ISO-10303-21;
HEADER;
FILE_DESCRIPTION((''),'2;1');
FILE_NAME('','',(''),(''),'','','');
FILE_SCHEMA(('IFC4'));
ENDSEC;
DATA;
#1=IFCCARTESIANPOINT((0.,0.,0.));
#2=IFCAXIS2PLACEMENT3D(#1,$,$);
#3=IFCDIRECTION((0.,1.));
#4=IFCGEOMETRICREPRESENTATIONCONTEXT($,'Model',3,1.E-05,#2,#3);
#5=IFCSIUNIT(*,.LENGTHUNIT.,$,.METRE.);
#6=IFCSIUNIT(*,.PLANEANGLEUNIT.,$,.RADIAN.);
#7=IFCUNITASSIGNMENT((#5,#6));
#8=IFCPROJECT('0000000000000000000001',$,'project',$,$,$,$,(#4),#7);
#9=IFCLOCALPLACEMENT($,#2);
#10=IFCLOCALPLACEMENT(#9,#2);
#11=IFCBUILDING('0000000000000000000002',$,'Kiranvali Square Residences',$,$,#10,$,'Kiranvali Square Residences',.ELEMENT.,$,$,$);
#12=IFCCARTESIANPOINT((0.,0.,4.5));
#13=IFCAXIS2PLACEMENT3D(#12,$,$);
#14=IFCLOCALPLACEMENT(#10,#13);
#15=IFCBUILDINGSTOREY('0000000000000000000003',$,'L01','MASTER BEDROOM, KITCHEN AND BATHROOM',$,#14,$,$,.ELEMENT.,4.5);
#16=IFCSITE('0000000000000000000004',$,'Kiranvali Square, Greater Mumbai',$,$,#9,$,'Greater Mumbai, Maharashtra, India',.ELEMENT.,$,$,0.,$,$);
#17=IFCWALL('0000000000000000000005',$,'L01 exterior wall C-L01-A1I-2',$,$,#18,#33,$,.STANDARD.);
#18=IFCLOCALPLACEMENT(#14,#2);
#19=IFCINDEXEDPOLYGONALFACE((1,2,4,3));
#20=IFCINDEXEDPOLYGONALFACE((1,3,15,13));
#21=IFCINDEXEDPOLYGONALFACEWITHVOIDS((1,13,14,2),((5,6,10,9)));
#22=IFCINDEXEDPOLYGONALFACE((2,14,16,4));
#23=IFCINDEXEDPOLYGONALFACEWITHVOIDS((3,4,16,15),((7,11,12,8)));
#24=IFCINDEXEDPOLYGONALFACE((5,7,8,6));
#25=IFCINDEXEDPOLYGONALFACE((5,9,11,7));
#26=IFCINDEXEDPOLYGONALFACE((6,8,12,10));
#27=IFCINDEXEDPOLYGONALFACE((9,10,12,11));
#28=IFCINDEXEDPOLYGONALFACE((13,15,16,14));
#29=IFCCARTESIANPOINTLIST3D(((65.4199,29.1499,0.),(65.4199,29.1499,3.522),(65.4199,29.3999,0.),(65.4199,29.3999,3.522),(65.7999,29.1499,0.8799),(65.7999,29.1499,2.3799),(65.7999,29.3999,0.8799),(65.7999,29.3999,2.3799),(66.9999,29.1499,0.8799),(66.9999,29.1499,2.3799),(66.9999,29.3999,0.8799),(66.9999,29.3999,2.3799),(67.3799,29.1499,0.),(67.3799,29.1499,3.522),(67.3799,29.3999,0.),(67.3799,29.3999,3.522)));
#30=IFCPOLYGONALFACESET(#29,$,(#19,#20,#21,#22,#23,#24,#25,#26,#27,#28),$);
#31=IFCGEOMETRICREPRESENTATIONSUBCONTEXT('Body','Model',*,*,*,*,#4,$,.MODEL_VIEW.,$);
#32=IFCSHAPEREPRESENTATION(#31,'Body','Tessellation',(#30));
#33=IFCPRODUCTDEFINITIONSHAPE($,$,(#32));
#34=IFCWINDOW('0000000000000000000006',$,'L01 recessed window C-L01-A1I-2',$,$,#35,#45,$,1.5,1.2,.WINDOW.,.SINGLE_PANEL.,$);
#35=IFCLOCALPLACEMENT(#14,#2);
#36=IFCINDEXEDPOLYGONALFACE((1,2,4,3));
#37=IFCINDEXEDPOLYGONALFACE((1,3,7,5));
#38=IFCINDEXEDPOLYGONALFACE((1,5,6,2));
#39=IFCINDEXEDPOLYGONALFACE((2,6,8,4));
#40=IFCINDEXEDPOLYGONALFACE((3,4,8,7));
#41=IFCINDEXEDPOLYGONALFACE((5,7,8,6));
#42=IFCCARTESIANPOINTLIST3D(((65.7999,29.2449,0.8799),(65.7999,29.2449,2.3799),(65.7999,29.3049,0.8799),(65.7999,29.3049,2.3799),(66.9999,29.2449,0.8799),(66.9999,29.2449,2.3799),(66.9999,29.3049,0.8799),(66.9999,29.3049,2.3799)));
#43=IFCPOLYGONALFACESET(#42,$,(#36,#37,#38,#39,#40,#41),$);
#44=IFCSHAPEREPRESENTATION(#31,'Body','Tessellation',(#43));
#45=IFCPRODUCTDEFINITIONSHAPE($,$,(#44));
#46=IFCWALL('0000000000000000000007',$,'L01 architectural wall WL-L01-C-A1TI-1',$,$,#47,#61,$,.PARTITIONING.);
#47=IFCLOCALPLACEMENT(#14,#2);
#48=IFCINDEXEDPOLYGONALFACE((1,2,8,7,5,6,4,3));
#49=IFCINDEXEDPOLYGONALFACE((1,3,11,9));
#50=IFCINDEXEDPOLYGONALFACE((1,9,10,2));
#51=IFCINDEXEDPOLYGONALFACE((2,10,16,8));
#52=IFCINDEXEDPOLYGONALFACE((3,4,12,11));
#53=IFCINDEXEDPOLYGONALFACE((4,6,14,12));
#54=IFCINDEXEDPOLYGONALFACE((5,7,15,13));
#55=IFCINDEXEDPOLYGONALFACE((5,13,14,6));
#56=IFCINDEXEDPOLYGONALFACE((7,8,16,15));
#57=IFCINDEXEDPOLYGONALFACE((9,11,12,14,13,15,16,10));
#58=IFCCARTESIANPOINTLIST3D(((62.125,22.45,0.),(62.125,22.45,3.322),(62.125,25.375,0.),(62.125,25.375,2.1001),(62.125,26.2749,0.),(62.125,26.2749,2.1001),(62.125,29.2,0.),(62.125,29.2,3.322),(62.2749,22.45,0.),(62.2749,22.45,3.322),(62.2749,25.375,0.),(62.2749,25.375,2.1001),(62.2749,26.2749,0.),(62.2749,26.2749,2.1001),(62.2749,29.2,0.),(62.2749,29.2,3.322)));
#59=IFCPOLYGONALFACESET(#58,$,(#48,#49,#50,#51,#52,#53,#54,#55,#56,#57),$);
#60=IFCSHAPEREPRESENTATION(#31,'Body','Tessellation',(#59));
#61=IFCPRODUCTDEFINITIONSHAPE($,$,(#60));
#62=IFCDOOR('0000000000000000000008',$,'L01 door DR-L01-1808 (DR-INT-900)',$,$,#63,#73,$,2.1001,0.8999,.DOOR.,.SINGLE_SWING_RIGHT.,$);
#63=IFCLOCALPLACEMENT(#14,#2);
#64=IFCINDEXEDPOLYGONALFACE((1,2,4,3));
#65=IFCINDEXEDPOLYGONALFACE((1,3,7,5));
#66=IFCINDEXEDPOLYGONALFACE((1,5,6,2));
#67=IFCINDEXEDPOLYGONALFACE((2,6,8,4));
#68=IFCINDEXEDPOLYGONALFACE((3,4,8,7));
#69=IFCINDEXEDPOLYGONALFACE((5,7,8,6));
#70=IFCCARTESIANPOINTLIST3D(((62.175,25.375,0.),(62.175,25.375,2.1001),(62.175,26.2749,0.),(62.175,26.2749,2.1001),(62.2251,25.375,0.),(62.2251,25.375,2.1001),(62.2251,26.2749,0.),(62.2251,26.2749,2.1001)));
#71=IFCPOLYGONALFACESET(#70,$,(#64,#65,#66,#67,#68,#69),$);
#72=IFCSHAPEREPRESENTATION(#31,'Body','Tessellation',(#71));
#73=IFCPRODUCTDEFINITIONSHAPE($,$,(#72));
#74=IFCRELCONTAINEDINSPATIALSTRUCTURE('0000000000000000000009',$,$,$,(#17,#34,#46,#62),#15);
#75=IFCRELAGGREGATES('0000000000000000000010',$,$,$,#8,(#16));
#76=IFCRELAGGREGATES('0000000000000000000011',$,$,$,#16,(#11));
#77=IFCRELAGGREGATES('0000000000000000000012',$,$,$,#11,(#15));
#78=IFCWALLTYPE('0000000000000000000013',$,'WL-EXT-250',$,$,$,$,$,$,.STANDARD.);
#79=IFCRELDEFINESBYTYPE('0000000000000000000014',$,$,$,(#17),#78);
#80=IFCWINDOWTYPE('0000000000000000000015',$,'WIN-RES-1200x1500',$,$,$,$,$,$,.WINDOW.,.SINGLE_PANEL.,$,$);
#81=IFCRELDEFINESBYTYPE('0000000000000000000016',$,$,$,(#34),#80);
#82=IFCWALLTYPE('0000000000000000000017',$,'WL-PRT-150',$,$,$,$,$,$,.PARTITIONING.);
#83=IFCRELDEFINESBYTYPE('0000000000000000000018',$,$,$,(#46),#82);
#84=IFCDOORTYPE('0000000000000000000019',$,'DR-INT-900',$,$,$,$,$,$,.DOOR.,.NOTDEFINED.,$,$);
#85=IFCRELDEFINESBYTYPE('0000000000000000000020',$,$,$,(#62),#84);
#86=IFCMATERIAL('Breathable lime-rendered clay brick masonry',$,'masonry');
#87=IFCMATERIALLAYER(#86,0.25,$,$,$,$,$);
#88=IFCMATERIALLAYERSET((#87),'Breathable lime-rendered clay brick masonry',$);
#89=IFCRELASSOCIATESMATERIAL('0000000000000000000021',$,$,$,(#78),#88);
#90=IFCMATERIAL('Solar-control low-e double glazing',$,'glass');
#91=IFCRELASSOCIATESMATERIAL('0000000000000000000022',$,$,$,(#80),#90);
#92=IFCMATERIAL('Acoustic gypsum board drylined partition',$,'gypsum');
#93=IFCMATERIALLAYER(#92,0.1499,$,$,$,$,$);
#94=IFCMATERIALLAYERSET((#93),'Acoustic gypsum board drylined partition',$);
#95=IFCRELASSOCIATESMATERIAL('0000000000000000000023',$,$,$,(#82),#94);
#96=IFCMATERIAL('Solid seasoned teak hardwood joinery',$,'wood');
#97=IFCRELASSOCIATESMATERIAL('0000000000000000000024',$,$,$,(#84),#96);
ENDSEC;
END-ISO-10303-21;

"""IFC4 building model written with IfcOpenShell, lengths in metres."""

from ifc_helpers import new_model, si_unit, direction, frame, frame_2d, origin, place, context, subcontext, project, spatial, rectangle, extrude, material, layer, layer_set, type_object, element, fill, save


model = new_model("IFC4")

# Units and contexts
model_context = context("Model", 3, precision=1e-05, world=origin(), true_north=direction((0.0, 1.0)))
body_context = subcontext(model_context, "Body", "Model", "MODEL_VIEW")
ifc_project = project(units=[si_unit("LENGTHUNIT", "METRE"), si_unit("PLANEANGLEUNIT", "RADIAN")], contexts=[model_context])

# Site, building, storey
site_placement = place(None, origin())
site = spatial("IfcSite", under=ifc_project, at=site_placement, Name="Kiranvali Square, Greater Mumbai", LongName="Greater Mumbai, Maharashtra, India", CompositionType="ELEMENT", RefElevation=0.0)
building_placement = place(site_placement, origin())
building = spatial("IfcBuilding", under=site, at=building_placement, Name="Kiranvali Square Residences", LongName="Kiranvali Square Residences", CompositionType="ELEMENT")
storey_placement = place(building_placement, frame((0.0, 0.0, 4.5)))
storey = spatial("IfcBuildingStorey", under=building, at=storey_placement, Name="L01", Description="MASTER BEDROOM, KITCHEN AND BATHROOM", CompositionType="ELEMENT", Elevation=4.5)

# Wall, opening, window
ifc_material_1 = material(Name="Breathable lime-rendered clay brick masonry", Category="masonry")
ifc_layer_1 = layer(ifc_material_1, 0.25)
ifc_layer_set_1 = layer_set([ifc_layer_1], Name="Breathable lime-rendered clay brick masonry")
wall_type_1 = type_object("IfcWallType", Name="WL-EXT-250", PredefinedType="STANDARD", material=ifc_layer_set_1)
ifc_material_2 = material(Name="Solar-control low-e double glazing", Category="glass")
window_type = type_object("IfcWindowType", Name="WIN-RES-1200x1500", PartitioningType="SINGLE_PANEL", PredefinedType="WINDOW", material=ifc_material_2)
wall_1_placement = place(storey_placement, frame((65.4199, 29.2749, 0.0), z_axis=(0.0, 0.0, 1.0), x_axis=(1.0, 0.0, 0.0)))
wall_1 = element("IfcWall", 1, at=wall_1_placement, inside=storey, type_object=wall_type_1, Name="L01 exterior wall C-L01-A1I-2", PredefinedType="STANDARD", context=body_context, shape_type="SweptSolid", body=[
    extrude(rectangle(XDim=1.96, YDim=0.25, at=frame_2d((0.98, 0.0))), origin(), (0.0, 0.0, 1.0), 3.522),
])
opening_1_placement = place(wall_1_placement, frame((0.3799, 0.0, 0.8799)))
opening_1 = element("IfcOpeningElement", 2, at=opening_1_placement, cuts=wall_1, PredefinedType="OPENING", context=body_context, shape_type="SweptSolid", body=[
    extrude(rectangle(XDim=1.2, YDim=1.5, at=frame_2d((0.6001, 0.75))), frame((0.0, 0.135, 0.0), z_axis=(0.0, -1.0, 0.0), x_axis=(1.0, 0.0, 0.0)), (0.0, 0.0, 1.0), 0.27),
])
window_1_placement = place(opening_1_placement, origin())
window_1 = element("IfcWindow", 3, at=window_1_placement, inside=storey, type_object=window_type, Name="L01 recessed window C-L01-A1I-2", OverallHeight=1.5, OverallWidth=1.2, PartitioningType="SINGLE_PANEL", PredefinedType="WINDOW", context=body_context, shape_type="SweptSolid", body=[
    extrude(rectangle(XDim=1.2, YDim=1.5, at=frame_2d((0.6001, 0.75))), frame((0.0, 0.03, 0.0), z_axis=(0.0, -1.0, 0.0), x_axis=(1.0, 0.0, 0.0)), (0.0, 0.0, 1.0), 0.0601),
])
fill(opening_1, window_1)

# Wall, opening, door
ifc_material_3 = material(Name="Acoustic gypsum board drylined partition", Category="gypsum")
ifc_layer_2 = layer(ifc_material_3, 0.1499)
ifc_layer_set_2 = layer_set([ifc_layer_2], Name="Acoustic gypsum board drylined partition")
wall_type_2 = type_object("IfcWallType", Name="WL-PRT-150", PredefinedType="PARTITIONING", material=ifc_layer_set_2)
wall_2_placement = place(storey_placement, frame((62.2, 29.2, 0.0), z_axis=(0.0, 0.0, 1.0), x_axis=(0.0, -1.0, 0.0)))
wall_2 = element("IfcWall", 4, at=wall_2_placement, inside=storey, type_object=wall_type_2, Name="L01 architectural wall WL-L01-C-A1TI-1", PredefinedType="PARTITIONING", context=body_context, shape_type="SweptSolid", body=[
    extrude(rectangle(XDim=6.75, YDim=0.1499, at=frame_2d((3.375, 0.0))), origin(), (0.0, 0.0, 1.0), 3.322),
])
opening_2_placement = place(wall_2_placement, frame((2.925, 0.0, 0.0)))
opening_2 = element("IfcOpeningElement", 5, at=opening_2_placement, cuts=wall_2, PredefinedType="OPENING", context=body_context, shape_type="SweptSolid", body=[
    extrude(rectangle(XDim=0.8999, YDim=2.1001, at=frame_2d((0.45, 1.05))), frame((0.0, 0.085, 0.0), z_axis=(0.0, -1.0, 0.0), x_axis=(1.0, 0.0, 0.0)), (0.0, 0.0, 1.0), 0.1699),
])
ifc_material_4 = material(Name="Solid seasoned teak hardwood joinery", Category="wood")
door_type_1 = type_object("IfcDoorType", Name="DR-INT-900", OperationType="NOTDEFINED", PredefinedType="DOOR", material=ifc_material_4)
door_1_placement = place(opening_2_placement, frame((0.8999, 0.0, 0.0), z_axis=(0.0, 0.0, 1.0), x_axis=(-1.0, 0.0, 0.0)))
door_1 = element("IfcDoor", 6, at=door_1_placement, inside=storey, type_object=door_type_1, Name="L01 door DR-L01-1808 (DR-INT-900)", OperationType="SINGLE_SWING_RIGHT", OverallHeight=2.1001, OverallWidth=0.8999, PredefinedType="DOOR", context=body_context, shape_type="SweptSolid", body=[
    extrude(rectangle(XDim=0.8999, YDim=2.1001, at=frame_2d((0.45, 1.05))), frame((0.0, 0.0249, 0.0), z_axis=(0.0, -1.0, 0.0), x_axis=(1.0, 0.0, 0.0)), (0.0, 0.0, 1.0), 0.05),
])
fill(opening_2, door_1)

save(model, "model.ifc")
